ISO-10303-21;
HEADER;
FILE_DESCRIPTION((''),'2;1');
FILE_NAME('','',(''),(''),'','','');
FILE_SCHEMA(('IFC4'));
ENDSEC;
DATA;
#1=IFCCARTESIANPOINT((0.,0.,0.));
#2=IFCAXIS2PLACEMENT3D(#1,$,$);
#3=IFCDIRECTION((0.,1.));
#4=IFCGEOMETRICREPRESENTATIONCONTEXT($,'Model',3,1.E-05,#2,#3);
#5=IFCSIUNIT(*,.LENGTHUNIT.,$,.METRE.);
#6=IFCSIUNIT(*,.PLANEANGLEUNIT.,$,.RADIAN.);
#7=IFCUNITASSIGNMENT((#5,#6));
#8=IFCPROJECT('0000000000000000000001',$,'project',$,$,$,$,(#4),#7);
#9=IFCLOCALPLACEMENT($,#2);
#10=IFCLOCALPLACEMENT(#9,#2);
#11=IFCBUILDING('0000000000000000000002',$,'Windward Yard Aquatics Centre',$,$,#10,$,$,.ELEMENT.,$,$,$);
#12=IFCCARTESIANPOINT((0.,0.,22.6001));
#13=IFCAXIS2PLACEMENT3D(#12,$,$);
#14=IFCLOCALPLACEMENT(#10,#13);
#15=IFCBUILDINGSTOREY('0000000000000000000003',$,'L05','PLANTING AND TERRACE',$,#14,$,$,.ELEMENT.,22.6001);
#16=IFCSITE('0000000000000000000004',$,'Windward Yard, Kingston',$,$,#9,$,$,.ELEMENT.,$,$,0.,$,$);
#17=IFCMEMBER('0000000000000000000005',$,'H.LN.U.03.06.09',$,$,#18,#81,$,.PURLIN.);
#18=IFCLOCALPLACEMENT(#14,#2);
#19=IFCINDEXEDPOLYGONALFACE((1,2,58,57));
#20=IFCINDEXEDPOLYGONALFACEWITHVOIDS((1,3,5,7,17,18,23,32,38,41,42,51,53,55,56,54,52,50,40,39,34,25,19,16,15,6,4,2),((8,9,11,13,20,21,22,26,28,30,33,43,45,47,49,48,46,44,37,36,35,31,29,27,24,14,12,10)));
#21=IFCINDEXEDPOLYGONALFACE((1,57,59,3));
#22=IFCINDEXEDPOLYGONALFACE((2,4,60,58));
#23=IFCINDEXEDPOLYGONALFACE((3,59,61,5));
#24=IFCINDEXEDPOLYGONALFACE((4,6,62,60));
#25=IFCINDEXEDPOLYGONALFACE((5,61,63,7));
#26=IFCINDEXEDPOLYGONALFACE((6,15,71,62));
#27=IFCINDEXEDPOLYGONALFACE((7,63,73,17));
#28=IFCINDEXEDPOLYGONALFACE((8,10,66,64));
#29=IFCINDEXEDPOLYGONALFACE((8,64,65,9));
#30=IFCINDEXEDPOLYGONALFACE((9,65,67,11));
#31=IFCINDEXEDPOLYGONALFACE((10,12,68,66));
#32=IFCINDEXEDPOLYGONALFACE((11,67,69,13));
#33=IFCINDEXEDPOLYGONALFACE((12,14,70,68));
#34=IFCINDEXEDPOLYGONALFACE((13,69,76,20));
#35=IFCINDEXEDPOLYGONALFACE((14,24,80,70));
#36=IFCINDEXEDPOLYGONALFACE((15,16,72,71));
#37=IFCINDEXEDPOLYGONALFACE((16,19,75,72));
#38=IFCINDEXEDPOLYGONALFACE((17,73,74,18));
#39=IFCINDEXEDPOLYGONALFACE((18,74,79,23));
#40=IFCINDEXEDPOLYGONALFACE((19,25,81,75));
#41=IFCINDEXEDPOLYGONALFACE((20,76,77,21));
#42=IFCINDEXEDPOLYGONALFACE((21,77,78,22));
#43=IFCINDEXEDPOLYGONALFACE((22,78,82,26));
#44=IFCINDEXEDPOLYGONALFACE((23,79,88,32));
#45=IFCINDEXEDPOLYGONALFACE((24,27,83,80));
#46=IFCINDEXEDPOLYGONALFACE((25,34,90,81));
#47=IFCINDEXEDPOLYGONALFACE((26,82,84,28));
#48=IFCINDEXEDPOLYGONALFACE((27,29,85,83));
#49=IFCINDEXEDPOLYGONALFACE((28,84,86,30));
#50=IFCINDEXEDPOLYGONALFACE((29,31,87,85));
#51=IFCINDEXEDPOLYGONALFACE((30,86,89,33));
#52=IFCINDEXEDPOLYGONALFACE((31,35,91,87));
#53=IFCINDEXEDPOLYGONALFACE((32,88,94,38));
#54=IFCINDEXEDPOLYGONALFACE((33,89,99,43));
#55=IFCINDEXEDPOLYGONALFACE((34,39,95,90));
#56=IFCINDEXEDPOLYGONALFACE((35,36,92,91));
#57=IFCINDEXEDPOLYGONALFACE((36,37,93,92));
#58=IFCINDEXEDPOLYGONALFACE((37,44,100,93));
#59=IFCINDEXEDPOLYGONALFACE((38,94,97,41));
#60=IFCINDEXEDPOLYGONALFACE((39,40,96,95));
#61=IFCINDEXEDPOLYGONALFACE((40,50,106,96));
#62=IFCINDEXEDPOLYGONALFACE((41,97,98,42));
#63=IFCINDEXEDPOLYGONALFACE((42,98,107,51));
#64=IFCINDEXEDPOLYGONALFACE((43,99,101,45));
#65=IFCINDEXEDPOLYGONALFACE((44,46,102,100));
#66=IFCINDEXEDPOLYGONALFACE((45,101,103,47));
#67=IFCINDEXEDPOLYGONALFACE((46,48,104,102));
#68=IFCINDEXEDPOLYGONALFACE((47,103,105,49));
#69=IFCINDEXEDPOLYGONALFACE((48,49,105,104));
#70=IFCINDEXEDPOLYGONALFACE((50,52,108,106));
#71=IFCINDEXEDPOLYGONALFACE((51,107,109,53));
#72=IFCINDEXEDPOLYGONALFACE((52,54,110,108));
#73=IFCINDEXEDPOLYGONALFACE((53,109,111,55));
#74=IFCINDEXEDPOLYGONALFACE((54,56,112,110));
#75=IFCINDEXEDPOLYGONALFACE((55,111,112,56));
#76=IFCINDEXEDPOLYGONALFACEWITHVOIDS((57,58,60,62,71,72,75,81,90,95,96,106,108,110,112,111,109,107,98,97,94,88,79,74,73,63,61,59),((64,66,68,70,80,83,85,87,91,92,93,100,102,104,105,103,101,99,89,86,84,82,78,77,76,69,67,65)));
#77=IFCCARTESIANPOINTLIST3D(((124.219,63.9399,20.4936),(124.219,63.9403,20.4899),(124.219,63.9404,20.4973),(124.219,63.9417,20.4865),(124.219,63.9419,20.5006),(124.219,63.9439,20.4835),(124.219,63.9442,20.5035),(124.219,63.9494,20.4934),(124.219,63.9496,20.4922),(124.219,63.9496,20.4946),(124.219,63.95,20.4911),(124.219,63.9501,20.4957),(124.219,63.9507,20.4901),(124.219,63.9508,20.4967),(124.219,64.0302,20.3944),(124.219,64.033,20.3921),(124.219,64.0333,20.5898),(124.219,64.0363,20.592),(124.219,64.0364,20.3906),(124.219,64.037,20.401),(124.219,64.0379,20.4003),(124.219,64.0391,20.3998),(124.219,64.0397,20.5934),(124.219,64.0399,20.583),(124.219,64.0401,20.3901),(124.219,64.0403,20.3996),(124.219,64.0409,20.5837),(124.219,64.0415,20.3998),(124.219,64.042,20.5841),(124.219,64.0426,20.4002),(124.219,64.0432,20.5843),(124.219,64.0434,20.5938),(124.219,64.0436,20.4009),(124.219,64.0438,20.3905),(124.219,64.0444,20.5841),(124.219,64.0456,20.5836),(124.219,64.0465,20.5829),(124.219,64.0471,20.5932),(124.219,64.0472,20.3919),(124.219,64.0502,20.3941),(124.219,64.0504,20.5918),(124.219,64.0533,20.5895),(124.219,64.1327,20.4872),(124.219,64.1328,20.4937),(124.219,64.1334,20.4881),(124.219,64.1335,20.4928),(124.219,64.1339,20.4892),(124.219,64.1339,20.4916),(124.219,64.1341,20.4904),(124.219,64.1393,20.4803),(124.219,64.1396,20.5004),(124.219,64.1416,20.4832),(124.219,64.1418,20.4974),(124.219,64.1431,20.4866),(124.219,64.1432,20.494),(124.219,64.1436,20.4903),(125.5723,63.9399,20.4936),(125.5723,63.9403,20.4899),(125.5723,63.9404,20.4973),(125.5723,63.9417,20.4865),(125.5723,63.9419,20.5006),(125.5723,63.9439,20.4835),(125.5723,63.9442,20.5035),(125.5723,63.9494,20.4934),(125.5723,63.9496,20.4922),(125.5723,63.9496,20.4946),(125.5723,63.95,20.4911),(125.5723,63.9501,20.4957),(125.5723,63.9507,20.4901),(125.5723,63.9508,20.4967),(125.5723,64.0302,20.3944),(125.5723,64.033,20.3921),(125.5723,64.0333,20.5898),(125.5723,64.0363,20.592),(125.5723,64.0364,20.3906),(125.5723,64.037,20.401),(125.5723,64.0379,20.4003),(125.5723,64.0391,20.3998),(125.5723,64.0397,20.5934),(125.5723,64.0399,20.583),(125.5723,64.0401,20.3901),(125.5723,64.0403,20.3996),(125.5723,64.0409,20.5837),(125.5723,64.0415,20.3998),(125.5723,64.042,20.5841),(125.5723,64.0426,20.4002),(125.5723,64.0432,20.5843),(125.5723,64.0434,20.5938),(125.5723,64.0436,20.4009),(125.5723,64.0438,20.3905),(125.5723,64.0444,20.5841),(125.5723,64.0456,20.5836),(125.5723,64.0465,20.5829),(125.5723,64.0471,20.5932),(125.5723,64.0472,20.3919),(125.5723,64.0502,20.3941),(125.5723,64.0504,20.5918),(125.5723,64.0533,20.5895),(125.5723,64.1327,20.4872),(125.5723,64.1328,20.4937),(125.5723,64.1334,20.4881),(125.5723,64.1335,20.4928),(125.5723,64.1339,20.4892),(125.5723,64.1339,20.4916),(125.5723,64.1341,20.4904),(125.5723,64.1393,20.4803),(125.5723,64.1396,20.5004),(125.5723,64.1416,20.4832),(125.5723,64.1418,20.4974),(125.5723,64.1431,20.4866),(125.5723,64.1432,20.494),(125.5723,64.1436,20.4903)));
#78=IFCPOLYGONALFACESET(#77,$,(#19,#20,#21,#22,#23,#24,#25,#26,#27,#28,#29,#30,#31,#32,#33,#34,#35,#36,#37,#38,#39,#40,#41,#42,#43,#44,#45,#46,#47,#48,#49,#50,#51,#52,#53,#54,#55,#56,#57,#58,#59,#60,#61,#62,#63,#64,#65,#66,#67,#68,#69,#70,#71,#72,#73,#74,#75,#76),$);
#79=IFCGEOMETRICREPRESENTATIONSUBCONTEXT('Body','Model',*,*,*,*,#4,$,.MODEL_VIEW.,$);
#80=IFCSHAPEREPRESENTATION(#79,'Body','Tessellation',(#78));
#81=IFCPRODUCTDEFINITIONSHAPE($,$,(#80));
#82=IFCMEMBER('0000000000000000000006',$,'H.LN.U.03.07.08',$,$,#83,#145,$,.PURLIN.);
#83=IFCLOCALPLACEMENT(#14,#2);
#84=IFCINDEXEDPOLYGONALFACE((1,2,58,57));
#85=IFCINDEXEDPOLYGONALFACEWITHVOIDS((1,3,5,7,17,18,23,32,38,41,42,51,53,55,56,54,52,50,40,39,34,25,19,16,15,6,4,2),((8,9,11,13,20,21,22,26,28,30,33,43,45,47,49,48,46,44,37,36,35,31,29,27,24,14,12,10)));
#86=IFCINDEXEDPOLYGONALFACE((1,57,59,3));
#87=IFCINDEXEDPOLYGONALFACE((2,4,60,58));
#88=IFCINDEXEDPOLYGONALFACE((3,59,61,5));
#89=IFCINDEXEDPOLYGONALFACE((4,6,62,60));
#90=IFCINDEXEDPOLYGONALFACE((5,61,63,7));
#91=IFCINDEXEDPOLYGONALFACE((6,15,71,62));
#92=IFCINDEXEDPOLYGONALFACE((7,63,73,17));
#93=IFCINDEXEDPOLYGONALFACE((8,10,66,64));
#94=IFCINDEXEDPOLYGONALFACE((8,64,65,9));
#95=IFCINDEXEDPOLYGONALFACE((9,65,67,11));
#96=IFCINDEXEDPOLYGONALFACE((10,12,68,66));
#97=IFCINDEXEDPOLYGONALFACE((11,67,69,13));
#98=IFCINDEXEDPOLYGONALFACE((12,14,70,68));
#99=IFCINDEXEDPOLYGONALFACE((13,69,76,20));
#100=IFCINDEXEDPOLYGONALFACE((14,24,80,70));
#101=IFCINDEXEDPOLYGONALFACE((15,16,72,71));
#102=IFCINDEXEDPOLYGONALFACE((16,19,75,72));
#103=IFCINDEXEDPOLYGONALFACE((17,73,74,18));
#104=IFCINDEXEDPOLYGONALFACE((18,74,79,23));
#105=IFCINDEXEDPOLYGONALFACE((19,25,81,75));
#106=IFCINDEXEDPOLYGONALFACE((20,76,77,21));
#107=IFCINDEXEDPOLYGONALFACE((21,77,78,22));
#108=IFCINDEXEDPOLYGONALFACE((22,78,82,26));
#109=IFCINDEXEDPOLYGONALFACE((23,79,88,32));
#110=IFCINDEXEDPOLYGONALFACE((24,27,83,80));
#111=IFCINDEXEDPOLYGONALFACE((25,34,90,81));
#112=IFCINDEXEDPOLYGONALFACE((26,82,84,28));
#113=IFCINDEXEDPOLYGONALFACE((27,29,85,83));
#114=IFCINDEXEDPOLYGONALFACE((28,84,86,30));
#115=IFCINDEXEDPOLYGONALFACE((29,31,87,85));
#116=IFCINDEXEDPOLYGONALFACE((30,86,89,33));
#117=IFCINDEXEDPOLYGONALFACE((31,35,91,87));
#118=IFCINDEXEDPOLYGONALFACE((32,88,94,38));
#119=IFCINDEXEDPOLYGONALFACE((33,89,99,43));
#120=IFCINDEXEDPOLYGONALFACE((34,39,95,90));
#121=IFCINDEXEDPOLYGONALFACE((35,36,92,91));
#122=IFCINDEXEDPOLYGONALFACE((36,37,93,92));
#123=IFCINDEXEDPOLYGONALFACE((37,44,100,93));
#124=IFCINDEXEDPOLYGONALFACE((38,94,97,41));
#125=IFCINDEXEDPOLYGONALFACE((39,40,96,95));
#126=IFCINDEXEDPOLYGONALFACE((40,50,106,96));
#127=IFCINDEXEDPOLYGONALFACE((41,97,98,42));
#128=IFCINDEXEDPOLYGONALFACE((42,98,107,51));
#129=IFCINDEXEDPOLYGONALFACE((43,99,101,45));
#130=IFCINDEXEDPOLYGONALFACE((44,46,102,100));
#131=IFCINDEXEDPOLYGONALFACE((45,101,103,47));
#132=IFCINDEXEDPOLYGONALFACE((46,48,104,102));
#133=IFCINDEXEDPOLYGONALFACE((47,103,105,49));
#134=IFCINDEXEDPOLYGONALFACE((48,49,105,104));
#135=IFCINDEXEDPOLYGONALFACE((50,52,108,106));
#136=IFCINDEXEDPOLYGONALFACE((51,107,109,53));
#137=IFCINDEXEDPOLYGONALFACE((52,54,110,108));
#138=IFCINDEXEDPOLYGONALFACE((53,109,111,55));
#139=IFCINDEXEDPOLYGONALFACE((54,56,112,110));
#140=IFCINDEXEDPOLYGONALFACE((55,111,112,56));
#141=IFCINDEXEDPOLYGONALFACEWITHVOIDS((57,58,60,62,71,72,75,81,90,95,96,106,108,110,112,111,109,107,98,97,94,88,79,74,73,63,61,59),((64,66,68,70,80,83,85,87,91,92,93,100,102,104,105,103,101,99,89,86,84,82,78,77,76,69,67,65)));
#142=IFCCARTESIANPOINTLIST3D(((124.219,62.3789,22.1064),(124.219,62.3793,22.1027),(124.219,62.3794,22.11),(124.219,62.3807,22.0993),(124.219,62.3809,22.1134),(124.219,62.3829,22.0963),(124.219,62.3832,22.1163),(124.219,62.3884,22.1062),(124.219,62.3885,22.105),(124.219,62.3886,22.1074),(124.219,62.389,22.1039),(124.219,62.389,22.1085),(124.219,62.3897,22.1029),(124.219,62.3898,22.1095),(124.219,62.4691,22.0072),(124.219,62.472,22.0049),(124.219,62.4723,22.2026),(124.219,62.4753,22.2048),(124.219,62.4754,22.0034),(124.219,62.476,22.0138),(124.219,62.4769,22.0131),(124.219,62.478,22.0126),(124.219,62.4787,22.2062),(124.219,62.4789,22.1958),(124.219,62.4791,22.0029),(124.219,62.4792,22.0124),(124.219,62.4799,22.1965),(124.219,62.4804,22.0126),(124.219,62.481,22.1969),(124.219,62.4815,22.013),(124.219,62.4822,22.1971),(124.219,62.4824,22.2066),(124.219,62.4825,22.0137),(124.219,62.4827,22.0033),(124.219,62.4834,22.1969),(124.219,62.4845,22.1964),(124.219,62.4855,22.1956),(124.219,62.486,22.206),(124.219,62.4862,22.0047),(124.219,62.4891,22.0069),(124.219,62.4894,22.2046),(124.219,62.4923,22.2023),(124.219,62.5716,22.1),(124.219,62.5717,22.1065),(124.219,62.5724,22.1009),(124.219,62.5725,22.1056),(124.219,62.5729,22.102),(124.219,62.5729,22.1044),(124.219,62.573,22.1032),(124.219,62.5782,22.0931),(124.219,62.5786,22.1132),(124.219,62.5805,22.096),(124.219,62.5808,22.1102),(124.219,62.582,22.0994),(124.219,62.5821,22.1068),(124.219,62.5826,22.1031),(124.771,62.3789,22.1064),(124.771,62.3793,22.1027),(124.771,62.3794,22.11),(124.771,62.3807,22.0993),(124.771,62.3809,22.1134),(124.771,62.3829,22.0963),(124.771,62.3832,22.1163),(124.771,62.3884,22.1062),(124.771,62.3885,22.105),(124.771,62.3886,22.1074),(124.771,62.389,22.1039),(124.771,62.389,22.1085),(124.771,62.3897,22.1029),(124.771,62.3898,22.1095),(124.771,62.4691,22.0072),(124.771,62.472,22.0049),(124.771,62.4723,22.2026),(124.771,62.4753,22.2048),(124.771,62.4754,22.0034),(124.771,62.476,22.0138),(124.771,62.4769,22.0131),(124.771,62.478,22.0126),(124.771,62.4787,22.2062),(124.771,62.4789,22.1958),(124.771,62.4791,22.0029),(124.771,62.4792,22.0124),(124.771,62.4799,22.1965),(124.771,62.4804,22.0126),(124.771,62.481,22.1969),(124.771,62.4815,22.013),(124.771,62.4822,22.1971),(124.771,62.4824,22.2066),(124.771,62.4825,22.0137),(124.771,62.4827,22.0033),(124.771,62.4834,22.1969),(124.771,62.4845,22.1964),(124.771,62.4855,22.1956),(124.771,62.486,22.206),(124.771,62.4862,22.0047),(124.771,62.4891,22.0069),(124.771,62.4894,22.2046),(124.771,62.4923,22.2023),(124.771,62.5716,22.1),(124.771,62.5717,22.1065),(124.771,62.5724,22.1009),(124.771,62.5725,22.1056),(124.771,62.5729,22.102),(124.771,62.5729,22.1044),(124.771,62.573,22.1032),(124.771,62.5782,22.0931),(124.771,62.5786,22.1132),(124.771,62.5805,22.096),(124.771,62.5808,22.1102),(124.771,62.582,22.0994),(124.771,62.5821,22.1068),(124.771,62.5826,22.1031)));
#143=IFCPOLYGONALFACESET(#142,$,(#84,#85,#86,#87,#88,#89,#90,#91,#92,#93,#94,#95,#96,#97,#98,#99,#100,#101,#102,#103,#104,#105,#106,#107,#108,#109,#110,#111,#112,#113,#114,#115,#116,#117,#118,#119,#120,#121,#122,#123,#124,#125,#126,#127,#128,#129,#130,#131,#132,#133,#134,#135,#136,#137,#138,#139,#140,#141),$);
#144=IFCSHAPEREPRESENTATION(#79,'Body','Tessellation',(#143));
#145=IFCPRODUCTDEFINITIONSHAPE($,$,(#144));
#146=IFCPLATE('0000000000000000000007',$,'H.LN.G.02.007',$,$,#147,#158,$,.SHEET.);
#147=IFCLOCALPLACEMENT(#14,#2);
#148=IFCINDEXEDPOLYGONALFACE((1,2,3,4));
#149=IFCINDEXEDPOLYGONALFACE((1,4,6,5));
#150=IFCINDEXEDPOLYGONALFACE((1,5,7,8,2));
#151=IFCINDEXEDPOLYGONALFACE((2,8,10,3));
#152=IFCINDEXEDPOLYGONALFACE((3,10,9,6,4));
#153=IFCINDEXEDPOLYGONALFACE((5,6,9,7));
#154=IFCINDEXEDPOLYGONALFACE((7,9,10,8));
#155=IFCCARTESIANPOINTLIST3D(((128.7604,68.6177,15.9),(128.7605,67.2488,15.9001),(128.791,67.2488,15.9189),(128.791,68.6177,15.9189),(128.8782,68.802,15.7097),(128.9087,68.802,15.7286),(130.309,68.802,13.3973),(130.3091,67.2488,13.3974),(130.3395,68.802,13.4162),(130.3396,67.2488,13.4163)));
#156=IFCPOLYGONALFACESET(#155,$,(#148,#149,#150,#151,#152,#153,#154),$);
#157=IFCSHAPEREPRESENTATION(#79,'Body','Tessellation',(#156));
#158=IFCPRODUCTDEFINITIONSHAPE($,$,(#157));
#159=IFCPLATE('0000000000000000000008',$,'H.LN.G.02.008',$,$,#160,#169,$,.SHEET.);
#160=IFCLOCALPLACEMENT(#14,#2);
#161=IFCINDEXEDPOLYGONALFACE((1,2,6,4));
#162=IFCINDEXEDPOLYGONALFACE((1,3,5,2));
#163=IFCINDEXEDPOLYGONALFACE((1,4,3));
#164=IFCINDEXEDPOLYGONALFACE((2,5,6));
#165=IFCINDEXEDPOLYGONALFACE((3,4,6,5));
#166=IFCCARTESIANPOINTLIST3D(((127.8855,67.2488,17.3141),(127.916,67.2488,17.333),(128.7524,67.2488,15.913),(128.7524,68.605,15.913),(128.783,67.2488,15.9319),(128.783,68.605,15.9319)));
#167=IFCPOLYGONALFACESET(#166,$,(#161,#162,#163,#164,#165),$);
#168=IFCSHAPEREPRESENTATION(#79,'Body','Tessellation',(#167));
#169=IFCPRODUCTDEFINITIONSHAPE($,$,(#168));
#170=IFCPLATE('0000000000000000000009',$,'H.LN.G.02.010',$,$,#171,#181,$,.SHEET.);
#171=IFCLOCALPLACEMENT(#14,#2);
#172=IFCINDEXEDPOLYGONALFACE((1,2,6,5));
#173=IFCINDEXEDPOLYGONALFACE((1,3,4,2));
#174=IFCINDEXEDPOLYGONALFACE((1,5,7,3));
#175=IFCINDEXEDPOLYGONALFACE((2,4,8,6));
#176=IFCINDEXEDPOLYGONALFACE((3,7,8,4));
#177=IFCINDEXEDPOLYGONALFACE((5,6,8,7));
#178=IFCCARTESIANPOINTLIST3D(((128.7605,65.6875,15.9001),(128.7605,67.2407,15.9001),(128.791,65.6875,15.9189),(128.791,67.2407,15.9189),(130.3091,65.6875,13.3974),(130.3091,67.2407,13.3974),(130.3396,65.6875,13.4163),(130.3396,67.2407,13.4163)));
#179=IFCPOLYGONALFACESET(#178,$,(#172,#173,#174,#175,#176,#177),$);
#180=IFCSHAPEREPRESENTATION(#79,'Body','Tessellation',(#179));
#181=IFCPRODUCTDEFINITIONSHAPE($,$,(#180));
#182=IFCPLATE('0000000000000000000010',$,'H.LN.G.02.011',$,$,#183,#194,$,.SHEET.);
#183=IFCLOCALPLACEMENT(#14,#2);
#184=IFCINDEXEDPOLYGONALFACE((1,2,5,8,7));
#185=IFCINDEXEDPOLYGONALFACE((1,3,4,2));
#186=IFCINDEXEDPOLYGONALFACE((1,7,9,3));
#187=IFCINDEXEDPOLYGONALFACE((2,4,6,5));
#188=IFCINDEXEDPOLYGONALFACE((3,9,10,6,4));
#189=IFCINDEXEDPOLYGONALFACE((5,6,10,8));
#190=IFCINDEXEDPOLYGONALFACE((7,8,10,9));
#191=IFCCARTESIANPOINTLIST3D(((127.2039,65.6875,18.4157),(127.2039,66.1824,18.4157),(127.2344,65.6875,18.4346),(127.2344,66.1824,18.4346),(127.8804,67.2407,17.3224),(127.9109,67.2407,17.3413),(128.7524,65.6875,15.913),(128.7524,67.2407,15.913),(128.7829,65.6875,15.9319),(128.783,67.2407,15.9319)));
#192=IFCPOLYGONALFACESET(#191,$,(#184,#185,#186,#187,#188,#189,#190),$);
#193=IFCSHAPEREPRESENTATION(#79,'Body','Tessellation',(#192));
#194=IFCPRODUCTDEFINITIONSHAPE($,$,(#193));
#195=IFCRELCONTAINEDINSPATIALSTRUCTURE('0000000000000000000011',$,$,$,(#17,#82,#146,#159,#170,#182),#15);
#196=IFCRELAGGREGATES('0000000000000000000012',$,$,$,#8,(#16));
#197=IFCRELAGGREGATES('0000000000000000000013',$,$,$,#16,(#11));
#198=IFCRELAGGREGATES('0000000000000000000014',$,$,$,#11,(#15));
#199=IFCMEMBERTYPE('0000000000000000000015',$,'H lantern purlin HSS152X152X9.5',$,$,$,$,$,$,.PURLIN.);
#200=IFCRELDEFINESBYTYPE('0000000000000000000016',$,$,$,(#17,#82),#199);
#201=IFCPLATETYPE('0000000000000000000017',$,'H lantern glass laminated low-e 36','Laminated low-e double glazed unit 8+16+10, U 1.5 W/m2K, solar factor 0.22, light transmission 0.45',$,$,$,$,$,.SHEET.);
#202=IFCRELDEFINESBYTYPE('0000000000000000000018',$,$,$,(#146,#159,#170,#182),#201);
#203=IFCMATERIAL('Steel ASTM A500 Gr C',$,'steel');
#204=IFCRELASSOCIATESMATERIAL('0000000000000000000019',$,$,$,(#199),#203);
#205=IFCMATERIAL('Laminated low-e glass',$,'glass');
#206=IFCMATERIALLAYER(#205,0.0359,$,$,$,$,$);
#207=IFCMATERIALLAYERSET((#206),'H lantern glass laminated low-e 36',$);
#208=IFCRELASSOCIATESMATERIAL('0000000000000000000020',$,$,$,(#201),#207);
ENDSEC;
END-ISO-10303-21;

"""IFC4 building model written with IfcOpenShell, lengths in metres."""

from ifc_helpers import new_model, si_unit, direction, frame, origin, origin_2d, place, context, subcontext, project, spatial, polyline, hollow_rectangle, outline, extrude, material, layer, layer_set, material_profile, profile_set, type_object, element, save


model = new_model("IFC4")

# Units and contexts
model_context = context("Model", 3, precision=1e-05, world=origin(), true_north=direction((0.0, 1.0)))
body_context = subcontext(model_context, "Body", "Model", "MODEL_VIEW")
ifc_project = project(units=[si_unit("LENGTHUNIT", "METRE"), si_unit("PLANEANGLEUNIT", "RADIAN")], contexts=[model_context])

# Site, building, storey
site_placement = place(None, origin())
site = spatial("IfcSite", under=ifc_project, at=site_placement, Name="Windward Yard, Kingston", CompositionType="ELEMENT", RefElevation=0.0)
building_placement = place(site_placement, origin())
building = spatial("IfcBuilding", under=site, at=building_placement, Name="Windward Yard Aquatics Centre", CompositionType="ELEMENT")
storey_placement = place(building_placement, frame((0.0, 0.0, 22.6001)))
storey = spatial("IfcBuildingStorey", under=building, at=storey_placement, Name="L05", Description="PLANTING AND TERRACE", CompositionType="ELEMENT", Elevation=22.6001)

# Members
ifc_material_1 = material(Name="Steel ASTM A500 Gr C", Category="steel")
ifc_material_profile = material_profile(ifc_material_1, hollow_rectangle(XDim=0.1523, YDim=0.1523, WallThickness=0.0095, InnerFilletRadius=0.0046, OuterFilletRadius=0.0142, at=origin_2d()), Name="HSS152X152X9.5")
ifc_profile_set = profile_set([ifc_material_profile], Name="Steel ASTM A500 Gr C")
member_type = type_object("IfcMemberType", Name="H lantern purlin HSS152X152X9.5", PredefinedType="PURLIN", material=ifc_profile_set)
member_1_placement = place(storey_placement, frame((124.219, 64.0417, 20.4919), z_axis=(1.0, 0.0, 0.0), x_axis=(0.0, 0.69555, -0.718477)))
element("IfcMember", 1, at=member_1_placement, inside=storey, type_object=member_type, Name="H.LN.U.03.06.09", PredefinedType="PURLIN", context=body_context, shape_type="SweptSolid", body=[
    extrude(hollow_rectangle(XDim=0.1523, YDim=0.1523, WallThickness=0.0095, InnerFilletRadius=0.0046, OuterFilletRadius=0.0142, at=origin_2d()), origin(), (0.0, 0.0, 1.0), 1.3533),
])
member_2_placement = place(storey_placement, frame((124.219, 62.4807, 22.1047), z_axis=(1.0, 0.0, 0.0), x_axis=(0.0, 0.69555, -0.718477)))
element("IfcMember", 2, at=member_2_placement, inside=storey, type_object=member_type, Name="H.LN.U.03.07.08", PredefinedType="PURLIN", context=body_context, shape_type="SweptSolid", body=[
    extrude(hollow_rectangle(XDim=0.1523, YDim=0.1523, WallThickness=0.0095, InnerFilletRadius=0.0046, OuterFilletRadius=0.0142, at=origin_2d()), origin(), (0.0, 0.0, 1.0), 0.552),
])

# Plates
ifc_material_2 = material(Name="Laminated low-e glass", Category="glass")
ifc_layer = layer(ifc_material_2, 0.0359)
ifc_layer_set = layer_set([ifc_layer], Name="H lantern glass laminated low-e 36")
plate_type = type_object("IfcPlateType", Name="H lantern glass laminated low-e 36", Description="Laminated low-e double glazed unit 8+16+10, U 1.5 W/m2K, solar factor 0.22, light transmission 0.45", PredefinedType="SHEET", material=ifc_layer_set)
plate_1_placement = place(storey_placement, frame((128.791, 67.2488, 15.9189), z_axis=(0.85037, 0.000043, 0.526186), x_axis=(-0.000037, 1.0, -0.000023)))
element("IfcPlate", 3, at=plate_1_placement, inside=storey, type_object=plate_type, Name="H.LN.G.02.007", PredefinedType="SHEET", context=body_context, shape_type="SweptSolid", body=[
    extrude(outline(polyline([(0.0, 0.0), (1.3689, 0.0), (1.5532, -0.2239), (1.5532, -2.9431), (0.0, -2.9431), (0.0, 0.0)])), origin(), (0.0, 0.0, -1.0), 0.0359),
])
plate_2_placement = place(storey_placement, frame((127.916, 67.2488, 17.333), z_axis=(0.850379, 0.0, 0.526171), x_axis=(0.40625, 0.635516, -0.656567)))
element("IfcPlate", 4, at=plate_2_placement, inside=storey, type_object=plate_type, Name="H.LN.G.02.008", PredefinedType="SHEET", context=body_context, shape_type="SweptSolid", body=[
    extrude(outline(polyline([(0.0, 0.0), (2.134, 0.0), (1.2721, -1.0471), (0.0, 0.0)])), origin(), (0.0, 0.0, -1.0), 0.0359),
])
plate_3_placement = place(storey_placement, frame((128.791, 65.6875, 15.9189), z_axis=(0.850371, 0.0, 0.526183), x_axis=(0.0, 1.0, 0.0)))
element("IfcPlate", 5, at=plate_3_placement, inside=storey, type_object=plate_type, Name="H.LN.G.02.010", PredefinedType="SHEET", context=body_context, shape_type="SweptSolid", body=[
    extrude(outline(polyline([(0.0, 0.0), (1.5532, 0.0), (1.5532, -2.9431), (0.0, -2.9431), (0.0, 0.0)])), origin(), (0.0, 0.0, -1.0), 0.0359),
])
plate_4_placement = place(storey_placement, frame((127.2344, 65.6875, 18.4346), z_axis=(0.850373, -0.000012, 0.52618), x_axis=(0.00001, 1.0, 0.000006)))
element("IfcPlate", 6, at=plate_4_placement, inside=storey, type_object=plate_type, Name="H.LN.G.02.011", PredefinedType="SHEET", context=body_context, shape_type="SweptSolid", body=[
    extrude(outline(polyline([(0.0, 0.0), (0.4949, 0.0), (1.5532, -1.2856), (1.5532, -2.9431), (0.0, -2.9431), (0.0, 0.0)])), origin(), (0.0, 0.0, -1.0), 0.0359),
])

save(model, "model.ifc")
